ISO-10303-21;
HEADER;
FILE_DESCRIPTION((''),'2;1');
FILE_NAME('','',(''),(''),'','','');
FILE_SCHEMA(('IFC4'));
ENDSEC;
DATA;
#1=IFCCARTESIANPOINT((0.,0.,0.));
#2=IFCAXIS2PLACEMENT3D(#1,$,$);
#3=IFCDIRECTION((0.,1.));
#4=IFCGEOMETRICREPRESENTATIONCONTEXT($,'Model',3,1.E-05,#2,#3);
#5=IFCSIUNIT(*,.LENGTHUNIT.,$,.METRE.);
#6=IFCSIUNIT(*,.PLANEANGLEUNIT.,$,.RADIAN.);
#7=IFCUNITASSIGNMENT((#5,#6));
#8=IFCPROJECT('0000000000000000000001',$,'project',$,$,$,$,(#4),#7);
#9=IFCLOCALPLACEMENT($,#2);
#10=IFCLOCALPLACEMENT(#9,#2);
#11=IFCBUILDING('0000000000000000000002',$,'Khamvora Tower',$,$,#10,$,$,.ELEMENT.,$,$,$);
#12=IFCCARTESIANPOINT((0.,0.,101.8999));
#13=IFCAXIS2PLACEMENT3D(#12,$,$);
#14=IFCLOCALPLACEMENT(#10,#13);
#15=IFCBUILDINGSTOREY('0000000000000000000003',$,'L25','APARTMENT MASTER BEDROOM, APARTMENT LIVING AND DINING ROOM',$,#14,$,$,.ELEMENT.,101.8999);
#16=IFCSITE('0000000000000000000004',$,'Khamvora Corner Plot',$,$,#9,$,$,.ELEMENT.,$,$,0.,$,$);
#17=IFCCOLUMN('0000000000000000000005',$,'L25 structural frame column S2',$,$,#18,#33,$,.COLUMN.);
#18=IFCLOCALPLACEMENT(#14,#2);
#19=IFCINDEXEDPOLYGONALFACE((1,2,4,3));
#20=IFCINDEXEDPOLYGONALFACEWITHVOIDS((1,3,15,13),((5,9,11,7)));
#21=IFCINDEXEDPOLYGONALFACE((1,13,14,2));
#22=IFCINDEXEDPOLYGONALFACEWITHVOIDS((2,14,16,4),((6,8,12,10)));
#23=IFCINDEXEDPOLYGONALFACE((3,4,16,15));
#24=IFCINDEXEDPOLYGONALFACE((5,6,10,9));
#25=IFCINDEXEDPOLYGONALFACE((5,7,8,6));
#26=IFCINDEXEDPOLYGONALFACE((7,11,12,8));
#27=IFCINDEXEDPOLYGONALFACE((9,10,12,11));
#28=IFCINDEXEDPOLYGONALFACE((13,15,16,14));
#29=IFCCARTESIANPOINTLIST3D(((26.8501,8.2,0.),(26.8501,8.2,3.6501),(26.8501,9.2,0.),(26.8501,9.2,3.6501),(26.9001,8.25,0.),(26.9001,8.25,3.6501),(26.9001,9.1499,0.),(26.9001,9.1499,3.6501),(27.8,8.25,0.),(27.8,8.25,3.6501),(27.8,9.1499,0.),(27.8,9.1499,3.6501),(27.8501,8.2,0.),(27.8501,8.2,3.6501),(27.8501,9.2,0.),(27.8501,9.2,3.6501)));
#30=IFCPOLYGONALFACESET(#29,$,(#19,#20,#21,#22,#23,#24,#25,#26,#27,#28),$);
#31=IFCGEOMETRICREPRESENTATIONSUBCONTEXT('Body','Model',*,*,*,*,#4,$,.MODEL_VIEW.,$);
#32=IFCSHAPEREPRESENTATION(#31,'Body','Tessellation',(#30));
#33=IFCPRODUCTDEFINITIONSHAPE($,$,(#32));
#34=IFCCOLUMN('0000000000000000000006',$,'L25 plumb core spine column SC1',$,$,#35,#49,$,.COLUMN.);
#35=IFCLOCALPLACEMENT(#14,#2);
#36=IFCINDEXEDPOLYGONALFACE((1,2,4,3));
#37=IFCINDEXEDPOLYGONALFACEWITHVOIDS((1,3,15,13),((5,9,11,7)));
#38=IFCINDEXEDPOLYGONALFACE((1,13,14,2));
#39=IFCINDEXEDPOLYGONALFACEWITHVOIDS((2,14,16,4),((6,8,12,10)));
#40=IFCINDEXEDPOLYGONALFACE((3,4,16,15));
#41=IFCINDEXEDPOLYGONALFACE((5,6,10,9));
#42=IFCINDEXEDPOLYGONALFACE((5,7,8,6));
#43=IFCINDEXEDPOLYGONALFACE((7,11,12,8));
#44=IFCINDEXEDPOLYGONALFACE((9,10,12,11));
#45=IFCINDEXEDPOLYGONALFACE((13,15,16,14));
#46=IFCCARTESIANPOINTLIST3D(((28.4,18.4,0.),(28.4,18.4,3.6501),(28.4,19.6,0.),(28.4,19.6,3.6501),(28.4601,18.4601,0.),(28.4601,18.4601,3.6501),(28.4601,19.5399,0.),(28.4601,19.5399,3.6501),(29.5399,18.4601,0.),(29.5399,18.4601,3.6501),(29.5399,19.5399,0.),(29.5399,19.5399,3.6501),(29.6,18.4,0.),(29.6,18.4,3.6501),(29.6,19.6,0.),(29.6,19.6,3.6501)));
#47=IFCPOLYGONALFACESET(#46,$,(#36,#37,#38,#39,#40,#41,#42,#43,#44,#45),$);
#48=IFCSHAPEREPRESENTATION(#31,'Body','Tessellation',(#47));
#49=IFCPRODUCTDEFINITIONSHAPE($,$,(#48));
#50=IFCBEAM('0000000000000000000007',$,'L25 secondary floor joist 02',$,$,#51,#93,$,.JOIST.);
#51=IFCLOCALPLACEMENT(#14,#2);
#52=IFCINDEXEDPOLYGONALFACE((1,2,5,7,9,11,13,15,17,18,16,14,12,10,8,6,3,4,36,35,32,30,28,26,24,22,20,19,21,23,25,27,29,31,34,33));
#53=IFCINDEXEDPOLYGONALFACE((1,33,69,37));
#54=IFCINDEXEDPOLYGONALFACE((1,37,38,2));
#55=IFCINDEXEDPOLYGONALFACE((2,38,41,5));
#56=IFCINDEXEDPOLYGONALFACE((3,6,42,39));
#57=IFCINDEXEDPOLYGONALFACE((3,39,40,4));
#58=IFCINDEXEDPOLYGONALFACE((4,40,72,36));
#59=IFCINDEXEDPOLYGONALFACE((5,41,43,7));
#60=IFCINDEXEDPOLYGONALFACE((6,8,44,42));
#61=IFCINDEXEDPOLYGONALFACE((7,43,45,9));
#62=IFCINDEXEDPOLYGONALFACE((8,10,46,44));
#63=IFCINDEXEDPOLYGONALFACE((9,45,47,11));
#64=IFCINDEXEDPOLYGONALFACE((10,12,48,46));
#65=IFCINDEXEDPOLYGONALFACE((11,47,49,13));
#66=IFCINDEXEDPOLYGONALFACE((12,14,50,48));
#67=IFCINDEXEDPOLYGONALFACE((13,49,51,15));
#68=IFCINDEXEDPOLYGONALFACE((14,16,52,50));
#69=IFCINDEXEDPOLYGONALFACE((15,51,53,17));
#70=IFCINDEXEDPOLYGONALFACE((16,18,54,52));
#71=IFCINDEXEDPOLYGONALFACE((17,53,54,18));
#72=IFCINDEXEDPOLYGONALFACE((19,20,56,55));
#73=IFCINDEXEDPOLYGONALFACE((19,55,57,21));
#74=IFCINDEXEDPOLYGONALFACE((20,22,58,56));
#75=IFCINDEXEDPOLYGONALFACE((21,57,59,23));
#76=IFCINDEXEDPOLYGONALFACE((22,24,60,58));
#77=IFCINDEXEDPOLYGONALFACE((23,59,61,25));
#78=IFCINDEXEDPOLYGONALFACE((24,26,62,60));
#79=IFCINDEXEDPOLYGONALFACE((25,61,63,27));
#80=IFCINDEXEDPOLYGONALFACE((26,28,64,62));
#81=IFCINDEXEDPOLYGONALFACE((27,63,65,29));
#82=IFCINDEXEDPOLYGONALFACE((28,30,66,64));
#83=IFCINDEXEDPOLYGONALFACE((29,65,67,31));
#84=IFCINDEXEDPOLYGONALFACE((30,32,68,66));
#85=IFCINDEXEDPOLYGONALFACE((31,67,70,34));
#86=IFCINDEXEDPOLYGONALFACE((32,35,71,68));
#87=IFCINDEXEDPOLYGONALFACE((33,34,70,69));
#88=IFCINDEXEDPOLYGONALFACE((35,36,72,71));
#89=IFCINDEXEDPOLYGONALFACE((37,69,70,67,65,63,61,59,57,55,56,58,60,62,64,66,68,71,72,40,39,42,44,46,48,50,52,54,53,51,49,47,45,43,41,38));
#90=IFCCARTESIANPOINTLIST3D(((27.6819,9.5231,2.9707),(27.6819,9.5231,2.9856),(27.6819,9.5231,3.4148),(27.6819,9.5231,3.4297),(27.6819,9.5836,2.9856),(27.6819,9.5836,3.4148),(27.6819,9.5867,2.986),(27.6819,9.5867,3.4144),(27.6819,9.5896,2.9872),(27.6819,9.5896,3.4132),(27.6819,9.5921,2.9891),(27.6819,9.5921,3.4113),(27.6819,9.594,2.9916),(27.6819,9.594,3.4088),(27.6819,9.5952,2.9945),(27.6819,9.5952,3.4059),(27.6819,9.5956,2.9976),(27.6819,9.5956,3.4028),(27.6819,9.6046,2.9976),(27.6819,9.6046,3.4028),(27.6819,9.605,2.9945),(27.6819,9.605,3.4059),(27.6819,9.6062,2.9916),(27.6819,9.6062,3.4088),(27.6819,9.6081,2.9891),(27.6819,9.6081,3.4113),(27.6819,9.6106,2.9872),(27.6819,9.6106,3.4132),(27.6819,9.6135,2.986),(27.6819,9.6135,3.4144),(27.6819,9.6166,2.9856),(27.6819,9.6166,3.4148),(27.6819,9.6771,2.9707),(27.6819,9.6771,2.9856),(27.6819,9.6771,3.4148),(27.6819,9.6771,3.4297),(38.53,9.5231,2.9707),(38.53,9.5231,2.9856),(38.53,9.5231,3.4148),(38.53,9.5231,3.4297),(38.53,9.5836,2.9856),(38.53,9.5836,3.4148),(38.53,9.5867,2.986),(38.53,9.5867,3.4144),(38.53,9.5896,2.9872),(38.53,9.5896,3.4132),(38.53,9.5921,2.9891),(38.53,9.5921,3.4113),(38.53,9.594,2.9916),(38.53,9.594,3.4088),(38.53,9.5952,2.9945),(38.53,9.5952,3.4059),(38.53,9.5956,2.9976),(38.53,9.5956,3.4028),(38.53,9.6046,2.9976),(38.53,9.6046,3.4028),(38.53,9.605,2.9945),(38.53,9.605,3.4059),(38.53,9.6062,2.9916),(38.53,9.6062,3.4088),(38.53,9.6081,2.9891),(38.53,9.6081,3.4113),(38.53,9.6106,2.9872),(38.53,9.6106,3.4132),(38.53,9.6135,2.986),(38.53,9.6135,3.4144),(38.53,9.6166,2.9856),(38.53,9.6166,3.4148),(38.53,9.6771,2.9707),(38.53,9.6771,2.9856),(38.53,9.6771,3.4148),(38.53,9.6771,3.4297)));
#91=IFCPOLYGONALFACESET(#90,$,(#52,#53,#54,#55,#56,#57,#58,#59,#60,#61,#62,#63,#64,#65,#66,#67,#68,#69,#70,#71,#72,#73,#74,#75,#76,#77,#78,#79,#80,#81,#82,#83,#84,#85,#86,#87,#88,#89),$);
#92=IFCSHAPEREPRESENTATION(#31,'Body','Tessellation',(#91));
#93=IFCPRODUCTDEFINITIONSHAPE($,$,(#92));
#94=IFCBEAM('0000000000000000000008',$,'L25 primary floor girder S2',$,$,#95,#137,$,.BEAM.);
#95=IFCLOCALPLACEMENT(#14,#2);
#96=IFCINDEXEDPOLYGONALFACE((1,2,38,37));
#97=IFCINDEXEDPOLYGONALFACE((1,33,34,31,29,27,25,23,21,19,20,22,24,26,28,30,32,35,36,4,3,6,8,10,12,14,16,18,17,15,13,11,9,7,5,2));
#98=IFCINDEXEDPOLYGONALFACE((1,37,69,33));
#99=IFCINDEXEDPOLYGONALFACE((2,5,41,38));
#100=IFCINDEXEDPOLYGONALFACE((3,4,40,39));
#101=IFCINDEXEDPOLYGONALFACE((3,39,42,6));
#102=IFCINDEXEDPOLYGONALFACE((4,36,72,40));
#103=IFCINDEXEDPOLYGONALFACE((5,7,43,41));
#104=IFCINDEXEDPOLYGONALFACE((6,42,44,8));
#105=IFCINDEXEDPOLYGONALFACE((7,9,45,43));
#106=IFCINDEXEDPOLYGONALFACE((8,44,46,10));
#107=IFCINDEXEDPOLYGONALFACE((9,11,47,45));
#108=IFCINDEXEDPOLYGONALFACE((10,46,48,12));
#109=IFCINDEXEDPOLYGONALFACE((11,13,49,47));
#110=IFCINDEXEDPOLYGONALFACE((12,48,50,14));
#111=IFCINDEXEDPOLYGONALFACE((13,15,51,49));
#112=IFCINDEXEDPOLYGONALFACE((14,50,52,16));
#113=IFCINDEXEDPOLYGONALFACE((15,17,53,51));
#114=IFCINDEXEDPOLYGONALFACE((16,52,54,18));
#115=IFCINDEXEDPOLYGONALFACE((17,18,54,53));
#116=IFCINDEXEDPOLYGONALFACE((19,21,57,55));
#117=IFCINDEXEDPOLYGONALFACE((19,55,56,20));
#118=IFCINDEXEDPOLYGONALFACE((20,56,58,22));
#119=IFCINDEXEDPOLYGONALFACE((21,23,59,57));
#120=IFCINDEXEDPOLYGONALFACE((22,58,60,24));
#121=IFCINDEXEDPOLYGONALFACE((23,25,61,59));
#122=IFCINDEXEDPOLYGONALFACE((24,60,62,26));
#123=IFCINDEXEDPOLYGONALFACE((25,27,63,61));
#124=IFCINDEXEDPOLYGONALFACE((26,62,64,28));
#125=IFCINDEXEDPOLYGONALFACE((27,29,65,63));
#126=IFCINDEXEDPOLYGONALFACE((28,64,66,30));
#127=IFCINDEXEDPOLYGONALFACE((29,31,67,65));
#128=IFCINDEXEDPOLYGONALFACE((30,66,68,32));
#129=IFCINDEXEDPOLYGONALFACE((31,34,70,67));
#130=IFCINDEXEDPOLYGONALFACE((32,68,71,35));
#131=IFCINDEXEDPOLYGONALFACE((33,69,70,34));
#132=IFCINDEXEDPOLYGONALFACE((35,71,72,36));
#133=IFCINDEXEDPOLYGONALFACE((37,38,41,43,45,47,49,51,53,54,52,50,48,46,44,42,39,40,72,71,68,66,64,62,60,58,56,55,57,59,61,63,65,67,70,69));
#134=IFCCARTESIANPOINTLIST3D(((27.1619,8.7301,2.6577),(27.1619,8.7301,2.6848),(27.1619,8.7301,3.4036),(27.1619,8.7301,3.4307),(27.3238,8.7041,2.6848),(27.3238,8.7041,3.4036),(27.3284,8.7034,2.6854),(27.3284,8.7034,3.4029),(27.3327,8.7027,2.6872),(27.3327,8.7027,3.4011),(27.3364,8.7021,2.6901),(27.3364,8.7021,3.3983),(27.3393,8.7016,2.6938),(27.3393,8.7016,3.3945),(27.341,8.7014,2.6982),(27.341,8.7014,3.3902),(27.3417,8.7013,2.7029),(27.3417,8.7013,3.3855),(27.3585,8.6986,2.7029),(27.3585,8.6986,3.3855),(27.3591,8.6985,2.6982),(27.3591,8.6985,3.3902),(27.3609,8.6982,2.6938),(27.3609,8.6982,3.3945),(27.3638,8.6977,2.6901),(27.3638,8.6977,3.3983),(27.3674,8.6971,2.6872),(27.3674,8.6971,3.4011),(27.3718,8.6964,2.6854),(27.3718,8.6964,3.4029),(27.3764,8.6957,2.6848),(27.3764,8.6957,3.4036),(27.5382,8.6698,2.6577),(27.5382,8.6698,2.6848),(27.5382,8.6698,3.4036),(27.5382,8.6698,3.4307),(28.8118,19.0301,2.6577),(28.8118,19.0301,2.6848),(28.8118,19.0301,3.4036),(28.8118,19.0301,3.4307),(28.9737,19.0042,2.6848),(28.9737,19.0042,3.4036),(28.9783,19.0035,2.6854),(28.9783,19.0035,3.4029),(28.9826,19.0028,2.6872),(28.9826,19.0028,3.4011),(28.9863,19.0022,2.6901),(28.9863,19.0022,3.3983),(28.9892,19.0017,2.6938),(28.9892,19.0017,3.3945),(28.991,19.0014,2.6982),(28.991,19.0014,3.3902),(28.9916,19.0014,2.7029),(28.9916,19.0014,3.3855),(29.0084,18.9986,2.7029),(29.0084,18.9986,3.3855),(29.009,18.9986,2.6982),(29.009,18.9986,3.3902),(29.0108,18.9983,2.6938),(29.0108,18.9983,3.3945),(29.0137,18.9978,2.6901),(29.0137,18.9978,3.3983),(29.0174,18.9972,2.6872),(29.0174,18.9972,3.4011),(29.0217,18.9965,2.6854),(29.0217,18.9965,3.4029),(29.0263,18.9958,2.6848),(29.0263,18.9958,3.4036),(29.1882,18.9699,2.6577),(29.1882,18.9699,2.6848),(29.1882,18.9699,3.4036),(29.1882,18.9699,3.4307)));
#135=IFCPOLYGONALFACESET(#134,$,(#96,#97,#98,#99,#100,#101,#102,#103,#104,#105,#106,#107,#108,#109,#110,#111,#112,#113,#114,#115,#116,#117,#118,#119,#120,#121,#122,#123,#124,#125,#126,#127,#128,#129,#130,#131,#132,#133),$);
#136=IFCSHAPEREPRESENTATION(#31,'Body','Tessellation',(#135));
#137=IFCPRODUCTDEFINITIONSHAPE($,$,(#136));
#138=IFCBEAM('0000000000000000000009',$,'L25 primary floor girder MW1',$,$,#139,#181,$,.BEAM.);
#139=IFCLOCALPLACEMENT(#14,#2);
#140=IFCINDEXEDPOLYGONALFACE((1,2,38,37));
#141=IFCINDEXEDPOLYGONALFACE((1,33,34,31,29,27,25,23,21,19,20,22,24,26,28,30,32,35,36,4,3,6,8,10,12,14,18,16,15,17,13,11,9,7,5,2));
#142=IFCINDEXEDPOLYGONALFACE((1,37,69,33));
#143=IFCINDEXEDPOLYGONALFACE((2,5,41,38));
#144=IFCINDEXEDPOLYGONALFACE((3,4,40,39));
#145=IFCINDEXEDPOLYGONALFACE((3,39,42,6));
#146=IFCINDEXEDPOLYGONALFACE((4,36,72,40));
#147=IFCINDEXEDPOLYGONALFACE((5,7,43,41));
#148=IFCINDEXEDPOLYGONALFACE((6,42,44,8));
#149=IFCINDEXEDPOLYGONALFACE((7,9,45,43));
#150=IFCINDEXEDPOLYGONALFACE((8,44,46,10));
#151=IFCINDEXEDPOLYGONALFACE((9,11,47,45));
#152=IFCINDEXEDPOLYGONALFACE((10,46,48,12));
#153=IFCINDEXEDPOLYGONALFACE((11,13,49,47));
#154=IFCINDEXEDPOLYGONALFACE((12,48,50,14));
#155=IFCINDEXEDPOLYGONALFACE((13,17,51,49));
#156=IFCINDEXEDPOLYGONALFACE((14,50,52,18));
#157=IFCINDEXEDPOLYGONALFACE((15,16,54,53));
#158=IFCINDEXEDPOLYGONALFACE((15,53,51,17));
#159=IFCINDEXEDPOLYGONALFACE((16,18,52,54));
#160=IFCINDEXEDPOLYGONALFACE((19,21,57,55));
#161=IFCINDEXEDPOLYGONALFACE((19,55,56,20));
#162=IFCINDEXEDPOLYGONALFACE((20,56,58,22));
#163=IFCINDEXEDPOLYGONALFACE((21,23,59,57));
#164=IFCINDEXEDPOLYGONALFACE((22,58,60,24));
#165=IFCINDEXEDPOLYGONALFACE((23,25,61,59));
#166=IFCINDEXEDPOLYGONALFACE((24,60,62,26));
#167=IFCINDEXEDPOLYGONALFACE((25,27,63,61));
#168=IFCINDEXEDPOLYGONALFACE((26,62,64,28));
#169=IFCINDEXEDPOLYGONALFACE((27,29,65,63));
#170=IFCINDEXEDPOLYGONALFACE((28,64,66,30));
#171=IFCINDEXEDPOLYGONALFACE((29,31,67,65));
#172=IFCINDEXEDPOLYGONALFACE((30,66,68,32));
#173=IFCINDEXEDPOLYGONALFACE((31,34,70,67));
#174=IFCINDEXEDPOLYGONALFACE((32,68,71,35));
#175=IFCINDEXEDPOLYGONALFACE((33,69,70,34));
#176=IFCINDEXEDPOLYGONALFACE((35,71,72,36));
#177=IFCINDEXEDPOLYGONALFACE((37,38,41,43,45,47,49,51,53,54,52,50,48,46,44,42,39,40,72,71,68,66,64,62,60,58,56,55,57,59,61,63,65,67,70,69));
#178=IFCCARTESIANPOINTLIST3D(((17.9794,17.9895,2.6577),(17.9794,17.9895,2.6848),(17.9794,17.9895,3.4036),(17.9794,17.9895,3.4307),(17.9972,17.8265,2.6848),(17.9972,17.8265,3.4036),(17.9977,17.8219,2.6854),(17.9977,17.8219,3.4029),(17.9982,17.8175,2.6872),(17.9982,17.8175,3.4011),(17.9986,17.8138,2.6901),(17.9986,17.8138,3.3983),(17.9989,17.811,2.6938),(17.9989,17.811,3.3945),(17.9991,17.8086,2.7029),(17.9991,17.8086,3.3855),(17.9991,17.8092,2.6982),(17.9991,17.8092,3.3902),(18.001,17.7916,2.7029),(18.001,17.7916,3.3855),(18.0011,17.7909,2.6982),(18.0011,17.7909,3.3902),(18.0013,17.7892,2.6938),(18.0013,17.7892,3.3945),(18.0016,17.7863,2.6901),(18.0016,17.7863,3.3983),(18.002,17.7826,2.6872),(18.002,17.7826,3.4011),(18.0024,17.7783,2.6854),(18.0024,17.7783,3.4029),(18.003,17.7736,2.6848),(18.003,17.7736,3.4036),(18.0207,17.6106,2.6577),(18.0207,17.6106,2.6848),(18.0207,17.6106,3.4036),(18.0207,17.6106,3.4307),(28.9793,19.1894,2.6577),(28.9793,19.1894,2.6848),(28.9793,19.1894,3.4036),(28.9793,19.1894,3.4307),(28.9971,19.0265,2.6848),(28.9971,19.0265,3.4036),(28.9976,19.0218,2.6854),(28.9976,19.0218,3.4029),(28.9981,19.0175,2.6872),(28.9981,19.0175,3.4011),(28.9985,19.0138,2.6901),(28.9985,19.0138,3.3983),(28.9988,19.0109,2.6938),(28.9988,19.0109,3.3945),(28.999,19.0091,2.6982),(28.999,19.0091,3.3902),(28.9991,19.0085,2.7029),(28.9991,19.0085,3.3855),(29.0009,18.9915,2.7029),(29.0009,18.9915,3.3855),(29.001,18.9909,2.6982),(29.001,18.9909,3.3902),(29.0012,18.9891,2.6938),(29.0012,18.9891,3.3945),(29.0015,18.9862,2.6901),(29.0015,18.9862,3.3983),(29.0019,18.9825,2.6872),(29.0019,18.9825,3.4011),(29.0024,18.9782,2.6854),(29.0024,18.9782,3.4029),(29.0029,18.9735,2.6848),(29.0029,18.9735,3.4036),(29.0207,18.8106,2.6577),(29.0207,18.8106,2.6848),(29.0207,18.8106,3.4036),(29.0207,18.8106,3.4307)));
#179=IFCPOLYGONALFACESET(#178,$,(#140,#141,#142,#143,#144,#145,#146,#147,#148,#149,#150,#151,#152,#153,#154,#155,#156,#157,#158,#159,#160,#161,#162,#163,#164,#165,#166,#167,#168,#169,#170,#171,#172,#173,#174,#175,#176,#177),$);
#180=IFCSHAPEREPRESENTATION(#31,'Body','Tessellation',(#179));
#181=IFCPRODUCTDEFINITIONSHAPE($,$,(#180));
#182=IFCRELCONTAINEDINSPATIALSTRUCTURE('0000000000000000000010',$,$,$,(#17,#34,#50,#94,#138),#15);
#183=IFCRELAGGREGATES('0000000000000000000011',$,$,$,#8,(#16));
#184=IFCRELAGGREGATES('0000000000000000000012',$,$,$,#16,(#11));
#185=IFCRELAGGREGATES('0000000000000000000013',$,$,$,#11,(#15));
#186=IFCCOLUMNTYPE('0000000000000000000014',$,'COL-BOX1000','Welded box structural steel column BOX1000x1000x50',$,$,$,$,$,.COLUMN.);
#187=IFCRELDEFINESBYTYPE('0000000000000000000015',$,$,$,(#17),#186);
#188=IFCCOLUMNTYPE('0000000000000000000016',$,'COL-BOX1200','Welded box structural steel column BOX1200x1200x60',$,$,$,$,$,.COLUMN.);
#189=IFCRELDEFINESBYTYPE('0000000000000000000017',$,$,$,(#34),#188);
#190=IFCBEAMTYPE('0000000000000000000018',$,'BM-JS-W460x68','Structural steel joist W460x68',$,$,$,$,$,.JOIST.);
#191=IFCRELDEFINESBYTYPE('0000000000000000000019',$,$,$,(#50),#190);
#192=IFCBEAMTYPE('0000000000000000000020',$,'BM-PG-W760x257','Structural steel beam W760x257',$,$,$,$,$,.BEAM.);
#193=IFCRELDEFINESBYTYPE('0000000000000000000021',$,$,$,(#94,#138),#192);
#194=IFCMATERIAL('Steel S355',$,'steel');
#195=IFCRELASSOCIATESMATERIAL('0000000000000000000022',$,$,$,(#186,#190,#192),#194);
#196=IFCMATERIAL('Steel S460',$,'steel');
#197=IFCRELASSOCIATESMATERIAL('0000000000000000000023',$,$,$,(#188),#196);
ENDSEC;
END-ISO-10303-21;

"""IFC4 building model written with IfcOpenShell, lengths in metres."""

from ifc_helpers import new_model, si_unit, direction, frame, origin, origin_2d, place, context, subcontext, project, spatial, hollow_rectangle, i_section, extrude, material, material_profile, profile_set, type_object, element, save


model = new_model("IFC4")

# Units and contexts
model_context = context("Model", 3, precision=1e-05, world=origin(), true_north=direction((0.0, 1.0)))
body_context = subcontext(model_context, "Body", "Model", "MODEL_VIEW")
ifc_project = project(units=[si_unit("LENGTHUNIT", "METRE"), si_unit("PLANEANGLEUNIT", "RADIAN")], contexts=[model_context])

# Site, building, storey
site_placement = place(None, origin())
site = spatial("IfcSite", under=ifc_project, at=site_placement, Name="Khamvora Corner Plot", CompositionType="ELEMENT", RefElevation=0.0)
building_placement = place(site_placement, origin())
building = spatial("IfcBuilding", under=site, at=building_placement, Name="Khamvora Tower", CompositionType="ELEMENT")
storey_placement = place(building_placement, frame((0.0, 0.0, 101.8999)))
storey = spatial("IfcBuildingStorey", under=building, at=storey_placement, Name="L25", Description="APARTMENT MASTER BEDROOM, APARTMENT LIVING AND DINING ROOM", CompositionType="ELEMENT", Elevation=101.8999)

# Columns
ifc_material_1 = material(Name="Steel S355", Category="steel")
ifc_material_profile_1 = material_profile(ifc_material_1, hollow_rectangle(XDim=1.0, YDim=1.0, WallThickness=0.05, at=origin_2d()), Name="BOX1000x1000x50")
ifc_profile_set_1 = profile_set([ifc_material_profile_1], Name="Steel S355")
column_type_1 = type_object("IfcColumnType", Name="COL-BOX1000", Description="Welded box structural steel column BOX1000x1000x50", PredefinedType="COLUMN", material=ifc_profile_set_1)
column_1_placement = place(storey_placement, frame((27.3501, 8.7, 0.0), z_axis=(0.0, 0.0, 1.0), x_axis=(1.0, 0.0, 0.0)))
element("IfcColumn", 1, at=column_1_placement, inside=storey, type_object=column_type_1, Name="L25 structural frame column S2", PredefinedType="COLUMN", context=body_context, shape_type="SweptSolid", body=[
    extrude(hollow_rectangle(XDim=1.0, YDim=1.0, WallThickness=0.05, at=origin_2d()), origin(), (0.0, 0.0, 1.0), 3.6501),
])
ifc_material_2 = material(Name="Steel S460", Category="steel")
ifc_material_profile_2 = material_profile(ifc_material_2, hollow_rectangle(XDim=1.2, YDim=1.2, WallThickness=0.0601, at=origin_2d()), Name="BOX1200x1200x60")
ifc_profile_set_2 = profile_set([ifc_material_profile_2], Name="Steel S460")
column_type_2 = type_object("IfcColumnType", Name="COL-BOX1200", Description="Welded box structural steel column BOX1200x1200x60", PredefinedType="COLUMN", material=ifc_profile_set_2)
column_2_placement = place(storey_placement, frame((29.0, 19.0, 0.0), z_axis=(0.0, 0.0, 1.0), x_axis=(1.0, 0.0, 0.0)))
element("IfcColumn", 2, at=column_2_placement, inside=storey, type_object=column_type_2, Name="L25 plumb core spine column SC1", PredefinedType="COLUMN", context=body_context, shape_type="SweptSolid", body=[
    extrude(hollow_rectangle(XDim=1.2, YDim=1.2, WallThickness=0.0601, at=origin_2d()), origin(), (0.0, 0.0, 1.0), 3.6501),
])

# Beams
ifc_material_profile_3 = material_profile(ifc_material_1, i_section(OverallWidth=0.1541, OverallDepth=0.459, WebThickness=0.009, FlangeThickness=0.0149, FilletRadius=0.012, at=origin_2d()), Name="W460x68")
ifc_profile_set_3 = profile_set([ifc_material_profile_3], Name="Steel S355")
beam_type_1 = type_object("IfcBeamType", Name="BM-JS-W460x68", Description="Structural steel joist W460x68", PredefinedType="JOIST", material=ifc_profile_set_3)
beam_1_placement = place(storey_placement, frame((27.6819, 9.6001, 3.2002), z_axis=(1.0, 0.0, 0.0), x_axis=(0.0, 1.0, 0.0)))
element("IfcBeam", 3, at=beam_1_placement, inside=storey, type_object=beam_type_1, Name="L25 secondary floor joist 02", PredefinedType="JOIST", context=body_context, shape_type="SweptSolid", body=[
    extrude(i_section(OverallWidth=0.1541, OverallDepth=0.459, WebThickness=0.009, FlangeThickness=0.0149, FilletRadius=0.012, at=origin_2d()), origin(), (0.0, 0.0, 1.0), 10.8481),
])
ifc_material_profile_4 = material_profile(ifc_material_1, i_section(OverallWidth=0.3811, OverallDepth=0.7729, WebThickness=0.0171, FlangeThickness=0.0271, FilletRadius=0.0181, at=origin_2d()), Name="W760x257")
ifc_profile_set_4 = profile_set([ifc_material_profile_4], Name="Steel S355")
beam_type_2 = type_object("IfcBeamType", Name="BM-PG-W760x257", Description="Structural steel beam W760x257", PredefinedType="BEAM", material=ifc_profile_set_4)
beam_2_placement = place(storey_placement, frame((29.0, 19.0, 3.0442), z_axis=(-0.158168, -0.987412, 0.0), x_axis=(0.987412, -0.158168, 0.0)))
element("IfcBeam", 4, at=beam_2_placement, inside=storey, type_object=beam_type_2, Name="L25 primary floor girder S2", PredefinedType="BEAM", context=body_context, shape_type="SweptSolid", body=[
    extrude(i_section(OverallWidth=0.3811, OverallDepth=0.7729, WebThickness=0.0171, FlangeThickness=0.0271, FilletRadius=0.0181, at=origin_2d()), origin(), (0.0, 0.0, 1.0), 10.4314),
])
beam_3_placement = place(storey_placement, frame((29.0, 19.0, 3.0442), z_axis=(-0.994103, -0.108443, 0.0), x_axis=(0.108443, -0.994103, 0.0)))
element("IfcBeam", 5, at=beam_3_placement, inside=storey, type_object=beam_type_2, Name="L25 primary floor girder MW1", PredefinedType="BEAM", context=body_context, shape_type="SweptSolid", body=[
    extrude(i_section(OverallWidth=0.3811, OverallDepth=0.7729, WebThickness=0.0171, FlangeThickness=0.0271, FilletRadius=0.0181, at=origin_2d()), origin(), (0.0, 0.0, 1.0), 11.0652),
])

save(model, "model.ifc")
